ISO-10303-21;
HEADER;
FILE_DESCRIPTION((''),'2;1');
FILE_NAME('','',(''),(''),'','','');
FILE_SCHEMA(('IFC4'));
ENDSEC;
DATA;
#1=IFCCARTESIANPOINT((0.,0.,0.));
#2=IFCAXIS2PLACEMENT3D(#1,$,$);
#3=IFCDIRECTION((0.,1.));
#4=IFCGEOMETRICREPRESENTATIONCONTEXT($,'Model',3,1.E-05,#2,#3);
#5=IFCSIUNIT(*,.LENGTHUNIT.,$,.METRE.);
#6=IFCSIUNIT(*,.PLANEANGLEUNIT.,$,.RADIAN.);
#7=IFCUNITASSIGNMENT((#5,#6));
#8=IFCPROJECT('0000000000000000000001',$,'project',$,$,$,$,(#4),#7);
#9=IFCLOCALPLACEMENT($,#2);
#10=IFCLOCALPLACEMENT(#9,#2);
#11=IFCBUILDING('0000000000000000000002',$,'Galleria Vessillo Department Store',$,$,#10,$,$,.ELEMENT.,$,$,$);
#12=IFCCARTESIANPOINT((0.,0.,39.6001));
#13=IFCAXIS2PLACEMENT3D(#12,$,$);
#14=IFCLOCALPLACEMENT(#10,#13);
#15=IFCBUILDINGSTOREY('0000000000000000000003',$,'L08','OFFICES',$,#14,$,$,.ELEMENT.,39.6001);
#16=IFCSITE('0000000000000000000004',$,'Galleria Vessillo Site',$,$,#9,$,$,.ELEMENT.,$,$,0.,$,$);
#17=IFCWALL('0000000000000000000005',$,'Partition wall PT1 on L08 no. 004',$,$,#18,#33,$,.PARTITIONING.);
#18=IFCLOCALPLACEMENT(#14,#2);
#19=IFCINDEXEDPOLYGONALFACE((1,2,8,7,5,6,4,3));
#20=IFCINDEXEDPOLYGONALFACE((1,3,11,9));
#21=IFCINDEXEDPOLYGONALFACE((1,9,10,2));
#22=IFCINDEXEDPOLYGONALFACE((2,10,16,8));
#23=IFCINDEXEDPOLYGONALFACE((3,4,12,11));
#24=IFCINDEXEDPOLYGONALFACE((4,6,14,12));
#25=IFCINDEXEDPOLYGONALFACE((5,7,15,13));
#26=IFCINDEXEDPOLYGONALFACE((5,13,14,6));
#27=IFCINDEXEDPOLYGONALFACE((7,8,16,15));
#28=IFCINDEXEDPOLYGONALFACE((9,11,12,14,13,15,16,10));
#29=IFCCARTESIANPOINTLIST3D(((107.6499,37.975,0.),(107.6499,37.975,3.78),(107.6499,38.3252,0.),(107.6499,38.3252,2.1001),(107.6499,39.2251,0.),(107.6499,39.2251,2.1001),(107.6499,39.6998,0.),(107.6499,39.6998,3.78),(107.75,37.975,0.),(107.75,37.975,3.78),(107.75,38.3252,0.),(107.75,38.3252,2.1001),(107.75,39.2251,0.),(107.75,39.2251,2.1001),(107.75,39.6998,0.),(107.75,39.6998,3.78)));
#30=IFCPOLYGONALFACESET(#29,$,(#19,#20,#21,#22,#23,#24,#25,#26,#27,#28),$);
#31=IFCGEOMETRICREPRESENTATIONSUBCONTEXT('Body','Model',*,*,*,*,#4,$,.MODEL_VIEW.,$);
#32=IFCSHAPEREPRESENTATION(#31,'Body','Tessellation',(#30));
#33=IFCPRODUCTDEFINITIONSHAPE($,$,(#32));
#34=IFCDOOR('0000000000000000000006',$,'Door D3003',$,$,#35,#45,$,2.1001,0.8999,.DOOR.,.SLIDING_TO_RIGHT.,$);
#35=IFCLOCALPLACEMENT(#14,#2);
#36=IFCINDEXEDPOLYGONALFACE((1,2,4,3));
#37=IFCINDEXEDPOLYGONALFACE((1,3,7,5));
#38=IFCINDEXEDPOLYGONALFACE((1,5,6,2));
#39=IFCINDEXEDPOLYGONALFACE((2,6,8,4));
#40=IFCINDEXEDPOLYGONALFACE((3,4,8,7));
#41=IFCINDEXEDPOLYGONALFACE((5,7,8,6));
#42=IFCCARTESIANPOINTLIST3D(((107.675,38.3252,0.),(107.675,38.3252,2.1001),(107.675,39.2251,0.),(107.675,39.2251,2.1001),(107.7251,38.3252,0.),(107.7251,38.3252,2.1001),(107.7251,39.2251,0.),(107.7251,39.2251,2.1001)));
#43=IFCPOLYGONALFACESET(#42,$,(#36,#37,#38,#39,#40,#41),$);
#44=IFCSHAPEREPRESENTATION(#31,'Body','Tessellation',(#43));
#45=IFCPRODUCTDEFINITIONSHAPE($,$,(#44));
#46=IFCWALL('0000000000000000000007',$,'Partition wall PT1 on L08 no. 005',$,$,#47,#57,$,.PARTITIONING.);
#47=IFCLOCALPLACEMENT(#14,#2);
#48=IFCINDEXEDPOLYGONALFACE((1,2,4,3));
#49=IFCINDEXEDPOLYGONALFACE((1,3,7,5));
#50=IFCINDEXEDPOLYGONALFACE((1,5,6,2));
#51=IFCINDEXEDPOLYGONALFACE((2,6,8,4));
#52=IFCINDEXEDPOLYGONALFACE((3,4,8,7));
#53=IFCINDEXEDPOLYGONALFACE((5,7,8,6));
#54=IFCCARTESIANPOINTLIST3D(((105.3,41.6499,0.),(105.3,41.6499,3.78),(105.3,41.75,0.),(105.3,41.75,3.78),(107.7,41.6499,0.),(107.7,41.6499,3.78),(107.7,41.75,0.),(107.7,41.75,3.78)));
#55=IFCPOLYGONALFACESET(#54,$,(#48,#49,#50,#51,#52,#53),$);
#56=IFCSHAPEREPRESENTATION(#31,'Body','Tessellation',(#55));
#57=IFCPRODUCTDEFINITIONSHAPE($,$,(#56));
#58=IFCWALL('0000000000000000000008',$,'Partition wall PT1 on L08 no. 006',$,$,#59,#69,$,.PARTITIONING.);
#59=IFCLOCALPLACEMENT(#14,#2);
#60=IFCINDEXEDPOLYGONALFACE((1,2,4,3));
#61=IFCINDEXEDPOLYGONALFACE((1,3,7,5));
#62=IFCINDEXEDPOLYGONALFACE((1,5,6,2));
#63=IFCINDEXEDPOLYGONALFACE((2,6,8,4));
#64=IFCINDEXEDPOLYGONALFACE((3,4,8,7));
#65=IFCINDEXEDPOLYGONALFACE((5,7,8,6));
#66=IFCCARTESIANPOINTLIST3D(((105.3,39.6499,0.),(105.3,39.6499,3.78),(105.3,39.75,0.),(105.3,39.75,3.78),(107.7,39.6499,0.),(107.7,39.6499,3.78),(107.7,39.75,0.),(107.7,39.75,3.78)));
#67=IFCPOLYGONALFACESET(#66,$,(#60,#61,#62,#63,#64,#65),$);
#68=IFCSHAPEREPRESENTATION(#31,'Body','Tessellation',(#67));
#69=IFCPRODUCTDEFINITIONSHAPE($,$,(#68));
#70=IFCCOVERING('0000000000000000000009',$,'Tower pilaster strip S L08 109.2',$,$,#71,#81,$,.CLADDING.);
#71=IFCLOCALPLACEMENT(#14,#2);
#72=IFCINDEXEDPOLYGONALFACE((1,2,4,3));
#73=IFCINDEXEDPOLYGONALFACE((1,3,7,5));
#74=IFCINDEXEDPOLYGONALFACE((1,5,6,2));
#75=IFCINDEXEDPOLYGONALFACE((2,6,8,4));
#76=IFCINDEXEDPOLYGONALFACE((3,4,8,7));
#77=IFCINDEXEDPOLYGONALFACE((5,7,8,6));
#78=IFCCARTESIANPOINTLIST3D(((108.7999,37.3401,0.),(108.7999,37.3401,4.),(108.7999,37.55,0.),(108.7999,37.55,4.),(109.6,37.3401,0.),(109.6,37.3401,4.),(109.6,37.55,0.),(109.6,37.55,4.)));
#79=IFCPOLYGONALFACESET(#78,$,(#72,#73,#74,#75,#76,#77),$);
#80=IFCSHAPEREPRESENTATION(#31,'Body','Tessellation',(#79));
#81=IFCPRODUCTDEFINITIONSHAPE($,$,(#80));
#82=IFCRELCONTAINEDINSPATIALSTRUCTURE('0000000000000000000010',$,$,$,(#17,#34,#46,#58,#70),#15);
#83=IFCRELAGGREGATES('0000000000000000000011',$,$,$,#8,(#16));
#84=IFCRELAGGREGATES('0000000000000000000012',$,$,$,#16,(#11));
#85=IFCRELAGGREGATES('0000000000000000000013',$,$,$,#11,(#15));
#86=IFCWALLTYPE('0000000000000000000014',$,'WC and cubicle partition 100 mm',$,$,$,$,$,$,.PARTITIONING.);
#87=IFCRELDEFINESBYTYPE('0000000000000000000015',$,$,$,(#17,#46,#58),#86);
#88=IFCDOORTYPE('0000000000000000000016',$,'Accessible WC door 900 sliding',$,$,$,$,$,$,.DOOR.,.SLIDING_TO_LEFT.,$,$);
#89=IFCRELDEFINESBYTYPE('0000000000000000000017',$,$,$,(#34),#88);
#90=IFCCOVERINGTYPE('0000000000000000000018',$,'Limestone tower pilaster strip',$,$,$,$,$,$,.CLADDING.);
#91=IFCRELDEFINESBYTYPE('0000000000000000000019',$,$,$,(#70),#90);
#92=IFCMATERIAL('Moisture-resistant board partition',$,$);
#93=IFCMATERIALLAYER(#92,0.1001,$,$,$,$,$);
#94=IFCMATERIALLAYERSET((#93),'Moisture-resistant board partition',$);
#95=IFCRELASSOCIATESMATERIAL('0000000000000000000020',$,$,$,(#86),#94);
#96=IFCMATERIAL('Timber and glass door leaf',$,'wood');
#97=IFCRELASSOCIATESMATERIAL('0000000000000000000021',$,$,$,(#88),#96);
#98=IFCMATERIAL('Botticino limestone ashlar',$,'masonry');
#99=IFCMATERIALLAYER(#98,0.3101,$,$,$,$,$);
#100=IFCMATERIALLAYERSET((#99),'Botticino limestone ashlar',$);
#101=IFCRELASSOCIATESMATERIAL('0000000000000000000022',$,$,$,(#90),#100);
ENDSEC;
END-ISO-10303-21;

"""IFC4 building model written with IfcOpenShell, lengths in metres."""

from ifc_helpers import new_model, si_unit, direction, frame, frame_2d, origin, origin_2d, place, context, subcontext, project, spatial, rectangle, extrude, material, layer, layer_set, type_object, element, fill, save


model = new_model("IFC4")

# Units and contexts
model_context = context("Model", 3, precision=1e-05, world=origin(), true_north=direction((0.0, 1.0)))
body_context = subcontext(model_context, "Body", "Model", "MODEL_VIEW")
ifc_project = project(units=[si_unit("LENGTHUNIT", "METRE"), si_unit("PLANEANGLEUNIT", "RADIAN")], contexts=[model_context])

# Site, building, storey
site_placement = place(None, origin())
site = spatial("IfcSite", under=ifc_project, at=site_placement, Name="Galleria Vessillo Site", CompositionType="ELEMENT", RefElevation=0.0)
building_placement = place(site_placement, origin())
building = spatial("IfcBuilding", under=site, at=building_placement, Name="Galleria Vessillo Department Store", CompositionType="ELEMENT")
storey_placement = place(building_placement, frame((0.0, 0.0, 39.6001)))
storey = spatial("IfcBuildingStorey", under=building, at=storey_placement, Name="L08", Description="OFFICES", CompositionType="ELEMENT", Elevation=39.6001)

# Shared definitions
ifc_material_1 = material(Name="Moisture-resistant board partition")
ifc_layer_1 = layer(ifc_material_1, 0.1001)
ifc_layer_set_1 = layer_set([ifc_layer_1], Name="Moisture-resistant board partition")
wall_type_1 = type_object("IfcWallType", Name="WC and cubicle partition 100 mm", PredefinedType="PARTITIONING", material=ifc_layer_set_1)

# Wall, opening, door
wall_1_placement = place(storey_placement, frame((107.7, 37.9751, 0.0), z_axis=(0.0, 0.0, 1.0), x_axis=(0.0, 1.0, 0.0)))
wall_1 = element("IfcWall", 1, at=wall_1_placement, inside=storey, type_object=wall_type_1, Name="Partition wall PT1 on L08 no. 004", PredefinedType="PARTITIONING", context=body_context, shape_type="SweptSolid", body=[
    extrude(rectangle(XDim=1.7249, YDim=0.1001, at=frame_2d((0.8623, 0.0))), origin(), (0.0, 0.0, 1.0), 3.78),
])
opening_1_placement = place(wall_1_placement, frame((0.3501, 0.0, 0.0)))
opening_1 = element("IfcOpeningElement", 2, at=opening_1_placement, cuts=wall_1, PredefinedType="OPENING", context=body_context, shape_type="SweptSolid", body=[
    extrude(rectangle(XDim=0.8999, YDim=2.1001, at=frame_2d((0.45, 1.05))), frame((0.0, 0.0601, 0.0), z_axis=(0.0, -1.0, 0.0), x_axis=(1.0, 0.0, 0.0)), (0.0, 0.0, 1.0), 0.1201),
])
ifc_material_2 = material(Name="Timber and glass door leaf", Category="wood")
door_type_1 = type_object("IfcDoorType", Name="Accessible WC door 900 sliding", OperationType="SLIDING_TO_LEFT", PredefinedType="DOOR", material=ifc_material_2)
door_1_placement = place(opening_1_placement, origin())
door_1 = element("IfcDoor", 3, at=door_1_placement, inside=storey, type_object=door_type_1, Name="Door D3003", OperationType="SLIDING_TO_RIGHT", OverallHeight=2.1001, OverallWidth=0.8999, PredefinedType="DOOR", context=body_context, shape_type="SweptSolid", body=[
    extrude(rectangle(XDim=0.8999, YDim=2.1001, at=frame_2d((0.45, 1.05))), frame((0.0, 0.0249, 0.0), z_axis=(0.0, -1.0, 0.0), x_axis=(1.0, 0.0, 0.0)), (0.0, 0.0, 1.0), 0.05),
])
fill(opening_1, door_1)

# Walls
for number, where, z_axis, x_axis, name in (
    (4, (105.3, 41.7, 0.0), (0.0, 0.0, 1.0), (1.0, 0.0, 0.0), "Partition wall PT1 on L08 no. 005"),
    (5, (105.3, 39.7, 0.0), (0.0, 0.0, 1.0), (1.0, 0.0, 0.0), "Partition wall PT1 on L08 no. 006"),
):
    element("IfcWall", number, at=place(storey_placement, frame(where, z_axis=z_axis, x_axis=x_axis)), inside=storey, type_object=wall_type_1, Name=name, PredefinedType="PARTITIONING", context=body_context, shape_type="SweptSolid", body=[
        extrude(rectangle(XDim=2.3999, YDim=0.1001, at=frame_2d((1.2, 0.0))), origin(), (0.0, 0.0, 1.0), 3.78),
    ])

# Covering
ifc_material_3 = material(Name="Botticino limestone ashlar", Category="masonry")
ifc_layer_2 = layer(ifc_material_3, 0.3101)
ifc_layer_set_2 = layer_set([ifc_layer_2], Name="Botticino limestone ashlar")
covering_type = type_object("IfcCoveringType", Name="Limestone tower pilaster strip", PredefinedType="CLADDING", material=ifc_layer_set_2)
covering_placement = place(storey_placement, frame((109.2, 37.4451, 0.0), z_axis=(0.0, 0.0, 1.0), x_axis=(1.0, 0.0, 0.0)))
element("IfcCovering", 6, at=covering_placement, inside=storey, type_object=covering_type, Name="Tower pilaster strip S L08 109.2", PredefinedType="CLADDING", context=body_context, shape_type="SweptSolid", body=[
    extrude(rectangle(XDim=0.8, YDim=0.21, at=origin_2d()), origin(), (0.0, 0.0, 1.0), 4.0),
])

save(model, "model.ifc")
